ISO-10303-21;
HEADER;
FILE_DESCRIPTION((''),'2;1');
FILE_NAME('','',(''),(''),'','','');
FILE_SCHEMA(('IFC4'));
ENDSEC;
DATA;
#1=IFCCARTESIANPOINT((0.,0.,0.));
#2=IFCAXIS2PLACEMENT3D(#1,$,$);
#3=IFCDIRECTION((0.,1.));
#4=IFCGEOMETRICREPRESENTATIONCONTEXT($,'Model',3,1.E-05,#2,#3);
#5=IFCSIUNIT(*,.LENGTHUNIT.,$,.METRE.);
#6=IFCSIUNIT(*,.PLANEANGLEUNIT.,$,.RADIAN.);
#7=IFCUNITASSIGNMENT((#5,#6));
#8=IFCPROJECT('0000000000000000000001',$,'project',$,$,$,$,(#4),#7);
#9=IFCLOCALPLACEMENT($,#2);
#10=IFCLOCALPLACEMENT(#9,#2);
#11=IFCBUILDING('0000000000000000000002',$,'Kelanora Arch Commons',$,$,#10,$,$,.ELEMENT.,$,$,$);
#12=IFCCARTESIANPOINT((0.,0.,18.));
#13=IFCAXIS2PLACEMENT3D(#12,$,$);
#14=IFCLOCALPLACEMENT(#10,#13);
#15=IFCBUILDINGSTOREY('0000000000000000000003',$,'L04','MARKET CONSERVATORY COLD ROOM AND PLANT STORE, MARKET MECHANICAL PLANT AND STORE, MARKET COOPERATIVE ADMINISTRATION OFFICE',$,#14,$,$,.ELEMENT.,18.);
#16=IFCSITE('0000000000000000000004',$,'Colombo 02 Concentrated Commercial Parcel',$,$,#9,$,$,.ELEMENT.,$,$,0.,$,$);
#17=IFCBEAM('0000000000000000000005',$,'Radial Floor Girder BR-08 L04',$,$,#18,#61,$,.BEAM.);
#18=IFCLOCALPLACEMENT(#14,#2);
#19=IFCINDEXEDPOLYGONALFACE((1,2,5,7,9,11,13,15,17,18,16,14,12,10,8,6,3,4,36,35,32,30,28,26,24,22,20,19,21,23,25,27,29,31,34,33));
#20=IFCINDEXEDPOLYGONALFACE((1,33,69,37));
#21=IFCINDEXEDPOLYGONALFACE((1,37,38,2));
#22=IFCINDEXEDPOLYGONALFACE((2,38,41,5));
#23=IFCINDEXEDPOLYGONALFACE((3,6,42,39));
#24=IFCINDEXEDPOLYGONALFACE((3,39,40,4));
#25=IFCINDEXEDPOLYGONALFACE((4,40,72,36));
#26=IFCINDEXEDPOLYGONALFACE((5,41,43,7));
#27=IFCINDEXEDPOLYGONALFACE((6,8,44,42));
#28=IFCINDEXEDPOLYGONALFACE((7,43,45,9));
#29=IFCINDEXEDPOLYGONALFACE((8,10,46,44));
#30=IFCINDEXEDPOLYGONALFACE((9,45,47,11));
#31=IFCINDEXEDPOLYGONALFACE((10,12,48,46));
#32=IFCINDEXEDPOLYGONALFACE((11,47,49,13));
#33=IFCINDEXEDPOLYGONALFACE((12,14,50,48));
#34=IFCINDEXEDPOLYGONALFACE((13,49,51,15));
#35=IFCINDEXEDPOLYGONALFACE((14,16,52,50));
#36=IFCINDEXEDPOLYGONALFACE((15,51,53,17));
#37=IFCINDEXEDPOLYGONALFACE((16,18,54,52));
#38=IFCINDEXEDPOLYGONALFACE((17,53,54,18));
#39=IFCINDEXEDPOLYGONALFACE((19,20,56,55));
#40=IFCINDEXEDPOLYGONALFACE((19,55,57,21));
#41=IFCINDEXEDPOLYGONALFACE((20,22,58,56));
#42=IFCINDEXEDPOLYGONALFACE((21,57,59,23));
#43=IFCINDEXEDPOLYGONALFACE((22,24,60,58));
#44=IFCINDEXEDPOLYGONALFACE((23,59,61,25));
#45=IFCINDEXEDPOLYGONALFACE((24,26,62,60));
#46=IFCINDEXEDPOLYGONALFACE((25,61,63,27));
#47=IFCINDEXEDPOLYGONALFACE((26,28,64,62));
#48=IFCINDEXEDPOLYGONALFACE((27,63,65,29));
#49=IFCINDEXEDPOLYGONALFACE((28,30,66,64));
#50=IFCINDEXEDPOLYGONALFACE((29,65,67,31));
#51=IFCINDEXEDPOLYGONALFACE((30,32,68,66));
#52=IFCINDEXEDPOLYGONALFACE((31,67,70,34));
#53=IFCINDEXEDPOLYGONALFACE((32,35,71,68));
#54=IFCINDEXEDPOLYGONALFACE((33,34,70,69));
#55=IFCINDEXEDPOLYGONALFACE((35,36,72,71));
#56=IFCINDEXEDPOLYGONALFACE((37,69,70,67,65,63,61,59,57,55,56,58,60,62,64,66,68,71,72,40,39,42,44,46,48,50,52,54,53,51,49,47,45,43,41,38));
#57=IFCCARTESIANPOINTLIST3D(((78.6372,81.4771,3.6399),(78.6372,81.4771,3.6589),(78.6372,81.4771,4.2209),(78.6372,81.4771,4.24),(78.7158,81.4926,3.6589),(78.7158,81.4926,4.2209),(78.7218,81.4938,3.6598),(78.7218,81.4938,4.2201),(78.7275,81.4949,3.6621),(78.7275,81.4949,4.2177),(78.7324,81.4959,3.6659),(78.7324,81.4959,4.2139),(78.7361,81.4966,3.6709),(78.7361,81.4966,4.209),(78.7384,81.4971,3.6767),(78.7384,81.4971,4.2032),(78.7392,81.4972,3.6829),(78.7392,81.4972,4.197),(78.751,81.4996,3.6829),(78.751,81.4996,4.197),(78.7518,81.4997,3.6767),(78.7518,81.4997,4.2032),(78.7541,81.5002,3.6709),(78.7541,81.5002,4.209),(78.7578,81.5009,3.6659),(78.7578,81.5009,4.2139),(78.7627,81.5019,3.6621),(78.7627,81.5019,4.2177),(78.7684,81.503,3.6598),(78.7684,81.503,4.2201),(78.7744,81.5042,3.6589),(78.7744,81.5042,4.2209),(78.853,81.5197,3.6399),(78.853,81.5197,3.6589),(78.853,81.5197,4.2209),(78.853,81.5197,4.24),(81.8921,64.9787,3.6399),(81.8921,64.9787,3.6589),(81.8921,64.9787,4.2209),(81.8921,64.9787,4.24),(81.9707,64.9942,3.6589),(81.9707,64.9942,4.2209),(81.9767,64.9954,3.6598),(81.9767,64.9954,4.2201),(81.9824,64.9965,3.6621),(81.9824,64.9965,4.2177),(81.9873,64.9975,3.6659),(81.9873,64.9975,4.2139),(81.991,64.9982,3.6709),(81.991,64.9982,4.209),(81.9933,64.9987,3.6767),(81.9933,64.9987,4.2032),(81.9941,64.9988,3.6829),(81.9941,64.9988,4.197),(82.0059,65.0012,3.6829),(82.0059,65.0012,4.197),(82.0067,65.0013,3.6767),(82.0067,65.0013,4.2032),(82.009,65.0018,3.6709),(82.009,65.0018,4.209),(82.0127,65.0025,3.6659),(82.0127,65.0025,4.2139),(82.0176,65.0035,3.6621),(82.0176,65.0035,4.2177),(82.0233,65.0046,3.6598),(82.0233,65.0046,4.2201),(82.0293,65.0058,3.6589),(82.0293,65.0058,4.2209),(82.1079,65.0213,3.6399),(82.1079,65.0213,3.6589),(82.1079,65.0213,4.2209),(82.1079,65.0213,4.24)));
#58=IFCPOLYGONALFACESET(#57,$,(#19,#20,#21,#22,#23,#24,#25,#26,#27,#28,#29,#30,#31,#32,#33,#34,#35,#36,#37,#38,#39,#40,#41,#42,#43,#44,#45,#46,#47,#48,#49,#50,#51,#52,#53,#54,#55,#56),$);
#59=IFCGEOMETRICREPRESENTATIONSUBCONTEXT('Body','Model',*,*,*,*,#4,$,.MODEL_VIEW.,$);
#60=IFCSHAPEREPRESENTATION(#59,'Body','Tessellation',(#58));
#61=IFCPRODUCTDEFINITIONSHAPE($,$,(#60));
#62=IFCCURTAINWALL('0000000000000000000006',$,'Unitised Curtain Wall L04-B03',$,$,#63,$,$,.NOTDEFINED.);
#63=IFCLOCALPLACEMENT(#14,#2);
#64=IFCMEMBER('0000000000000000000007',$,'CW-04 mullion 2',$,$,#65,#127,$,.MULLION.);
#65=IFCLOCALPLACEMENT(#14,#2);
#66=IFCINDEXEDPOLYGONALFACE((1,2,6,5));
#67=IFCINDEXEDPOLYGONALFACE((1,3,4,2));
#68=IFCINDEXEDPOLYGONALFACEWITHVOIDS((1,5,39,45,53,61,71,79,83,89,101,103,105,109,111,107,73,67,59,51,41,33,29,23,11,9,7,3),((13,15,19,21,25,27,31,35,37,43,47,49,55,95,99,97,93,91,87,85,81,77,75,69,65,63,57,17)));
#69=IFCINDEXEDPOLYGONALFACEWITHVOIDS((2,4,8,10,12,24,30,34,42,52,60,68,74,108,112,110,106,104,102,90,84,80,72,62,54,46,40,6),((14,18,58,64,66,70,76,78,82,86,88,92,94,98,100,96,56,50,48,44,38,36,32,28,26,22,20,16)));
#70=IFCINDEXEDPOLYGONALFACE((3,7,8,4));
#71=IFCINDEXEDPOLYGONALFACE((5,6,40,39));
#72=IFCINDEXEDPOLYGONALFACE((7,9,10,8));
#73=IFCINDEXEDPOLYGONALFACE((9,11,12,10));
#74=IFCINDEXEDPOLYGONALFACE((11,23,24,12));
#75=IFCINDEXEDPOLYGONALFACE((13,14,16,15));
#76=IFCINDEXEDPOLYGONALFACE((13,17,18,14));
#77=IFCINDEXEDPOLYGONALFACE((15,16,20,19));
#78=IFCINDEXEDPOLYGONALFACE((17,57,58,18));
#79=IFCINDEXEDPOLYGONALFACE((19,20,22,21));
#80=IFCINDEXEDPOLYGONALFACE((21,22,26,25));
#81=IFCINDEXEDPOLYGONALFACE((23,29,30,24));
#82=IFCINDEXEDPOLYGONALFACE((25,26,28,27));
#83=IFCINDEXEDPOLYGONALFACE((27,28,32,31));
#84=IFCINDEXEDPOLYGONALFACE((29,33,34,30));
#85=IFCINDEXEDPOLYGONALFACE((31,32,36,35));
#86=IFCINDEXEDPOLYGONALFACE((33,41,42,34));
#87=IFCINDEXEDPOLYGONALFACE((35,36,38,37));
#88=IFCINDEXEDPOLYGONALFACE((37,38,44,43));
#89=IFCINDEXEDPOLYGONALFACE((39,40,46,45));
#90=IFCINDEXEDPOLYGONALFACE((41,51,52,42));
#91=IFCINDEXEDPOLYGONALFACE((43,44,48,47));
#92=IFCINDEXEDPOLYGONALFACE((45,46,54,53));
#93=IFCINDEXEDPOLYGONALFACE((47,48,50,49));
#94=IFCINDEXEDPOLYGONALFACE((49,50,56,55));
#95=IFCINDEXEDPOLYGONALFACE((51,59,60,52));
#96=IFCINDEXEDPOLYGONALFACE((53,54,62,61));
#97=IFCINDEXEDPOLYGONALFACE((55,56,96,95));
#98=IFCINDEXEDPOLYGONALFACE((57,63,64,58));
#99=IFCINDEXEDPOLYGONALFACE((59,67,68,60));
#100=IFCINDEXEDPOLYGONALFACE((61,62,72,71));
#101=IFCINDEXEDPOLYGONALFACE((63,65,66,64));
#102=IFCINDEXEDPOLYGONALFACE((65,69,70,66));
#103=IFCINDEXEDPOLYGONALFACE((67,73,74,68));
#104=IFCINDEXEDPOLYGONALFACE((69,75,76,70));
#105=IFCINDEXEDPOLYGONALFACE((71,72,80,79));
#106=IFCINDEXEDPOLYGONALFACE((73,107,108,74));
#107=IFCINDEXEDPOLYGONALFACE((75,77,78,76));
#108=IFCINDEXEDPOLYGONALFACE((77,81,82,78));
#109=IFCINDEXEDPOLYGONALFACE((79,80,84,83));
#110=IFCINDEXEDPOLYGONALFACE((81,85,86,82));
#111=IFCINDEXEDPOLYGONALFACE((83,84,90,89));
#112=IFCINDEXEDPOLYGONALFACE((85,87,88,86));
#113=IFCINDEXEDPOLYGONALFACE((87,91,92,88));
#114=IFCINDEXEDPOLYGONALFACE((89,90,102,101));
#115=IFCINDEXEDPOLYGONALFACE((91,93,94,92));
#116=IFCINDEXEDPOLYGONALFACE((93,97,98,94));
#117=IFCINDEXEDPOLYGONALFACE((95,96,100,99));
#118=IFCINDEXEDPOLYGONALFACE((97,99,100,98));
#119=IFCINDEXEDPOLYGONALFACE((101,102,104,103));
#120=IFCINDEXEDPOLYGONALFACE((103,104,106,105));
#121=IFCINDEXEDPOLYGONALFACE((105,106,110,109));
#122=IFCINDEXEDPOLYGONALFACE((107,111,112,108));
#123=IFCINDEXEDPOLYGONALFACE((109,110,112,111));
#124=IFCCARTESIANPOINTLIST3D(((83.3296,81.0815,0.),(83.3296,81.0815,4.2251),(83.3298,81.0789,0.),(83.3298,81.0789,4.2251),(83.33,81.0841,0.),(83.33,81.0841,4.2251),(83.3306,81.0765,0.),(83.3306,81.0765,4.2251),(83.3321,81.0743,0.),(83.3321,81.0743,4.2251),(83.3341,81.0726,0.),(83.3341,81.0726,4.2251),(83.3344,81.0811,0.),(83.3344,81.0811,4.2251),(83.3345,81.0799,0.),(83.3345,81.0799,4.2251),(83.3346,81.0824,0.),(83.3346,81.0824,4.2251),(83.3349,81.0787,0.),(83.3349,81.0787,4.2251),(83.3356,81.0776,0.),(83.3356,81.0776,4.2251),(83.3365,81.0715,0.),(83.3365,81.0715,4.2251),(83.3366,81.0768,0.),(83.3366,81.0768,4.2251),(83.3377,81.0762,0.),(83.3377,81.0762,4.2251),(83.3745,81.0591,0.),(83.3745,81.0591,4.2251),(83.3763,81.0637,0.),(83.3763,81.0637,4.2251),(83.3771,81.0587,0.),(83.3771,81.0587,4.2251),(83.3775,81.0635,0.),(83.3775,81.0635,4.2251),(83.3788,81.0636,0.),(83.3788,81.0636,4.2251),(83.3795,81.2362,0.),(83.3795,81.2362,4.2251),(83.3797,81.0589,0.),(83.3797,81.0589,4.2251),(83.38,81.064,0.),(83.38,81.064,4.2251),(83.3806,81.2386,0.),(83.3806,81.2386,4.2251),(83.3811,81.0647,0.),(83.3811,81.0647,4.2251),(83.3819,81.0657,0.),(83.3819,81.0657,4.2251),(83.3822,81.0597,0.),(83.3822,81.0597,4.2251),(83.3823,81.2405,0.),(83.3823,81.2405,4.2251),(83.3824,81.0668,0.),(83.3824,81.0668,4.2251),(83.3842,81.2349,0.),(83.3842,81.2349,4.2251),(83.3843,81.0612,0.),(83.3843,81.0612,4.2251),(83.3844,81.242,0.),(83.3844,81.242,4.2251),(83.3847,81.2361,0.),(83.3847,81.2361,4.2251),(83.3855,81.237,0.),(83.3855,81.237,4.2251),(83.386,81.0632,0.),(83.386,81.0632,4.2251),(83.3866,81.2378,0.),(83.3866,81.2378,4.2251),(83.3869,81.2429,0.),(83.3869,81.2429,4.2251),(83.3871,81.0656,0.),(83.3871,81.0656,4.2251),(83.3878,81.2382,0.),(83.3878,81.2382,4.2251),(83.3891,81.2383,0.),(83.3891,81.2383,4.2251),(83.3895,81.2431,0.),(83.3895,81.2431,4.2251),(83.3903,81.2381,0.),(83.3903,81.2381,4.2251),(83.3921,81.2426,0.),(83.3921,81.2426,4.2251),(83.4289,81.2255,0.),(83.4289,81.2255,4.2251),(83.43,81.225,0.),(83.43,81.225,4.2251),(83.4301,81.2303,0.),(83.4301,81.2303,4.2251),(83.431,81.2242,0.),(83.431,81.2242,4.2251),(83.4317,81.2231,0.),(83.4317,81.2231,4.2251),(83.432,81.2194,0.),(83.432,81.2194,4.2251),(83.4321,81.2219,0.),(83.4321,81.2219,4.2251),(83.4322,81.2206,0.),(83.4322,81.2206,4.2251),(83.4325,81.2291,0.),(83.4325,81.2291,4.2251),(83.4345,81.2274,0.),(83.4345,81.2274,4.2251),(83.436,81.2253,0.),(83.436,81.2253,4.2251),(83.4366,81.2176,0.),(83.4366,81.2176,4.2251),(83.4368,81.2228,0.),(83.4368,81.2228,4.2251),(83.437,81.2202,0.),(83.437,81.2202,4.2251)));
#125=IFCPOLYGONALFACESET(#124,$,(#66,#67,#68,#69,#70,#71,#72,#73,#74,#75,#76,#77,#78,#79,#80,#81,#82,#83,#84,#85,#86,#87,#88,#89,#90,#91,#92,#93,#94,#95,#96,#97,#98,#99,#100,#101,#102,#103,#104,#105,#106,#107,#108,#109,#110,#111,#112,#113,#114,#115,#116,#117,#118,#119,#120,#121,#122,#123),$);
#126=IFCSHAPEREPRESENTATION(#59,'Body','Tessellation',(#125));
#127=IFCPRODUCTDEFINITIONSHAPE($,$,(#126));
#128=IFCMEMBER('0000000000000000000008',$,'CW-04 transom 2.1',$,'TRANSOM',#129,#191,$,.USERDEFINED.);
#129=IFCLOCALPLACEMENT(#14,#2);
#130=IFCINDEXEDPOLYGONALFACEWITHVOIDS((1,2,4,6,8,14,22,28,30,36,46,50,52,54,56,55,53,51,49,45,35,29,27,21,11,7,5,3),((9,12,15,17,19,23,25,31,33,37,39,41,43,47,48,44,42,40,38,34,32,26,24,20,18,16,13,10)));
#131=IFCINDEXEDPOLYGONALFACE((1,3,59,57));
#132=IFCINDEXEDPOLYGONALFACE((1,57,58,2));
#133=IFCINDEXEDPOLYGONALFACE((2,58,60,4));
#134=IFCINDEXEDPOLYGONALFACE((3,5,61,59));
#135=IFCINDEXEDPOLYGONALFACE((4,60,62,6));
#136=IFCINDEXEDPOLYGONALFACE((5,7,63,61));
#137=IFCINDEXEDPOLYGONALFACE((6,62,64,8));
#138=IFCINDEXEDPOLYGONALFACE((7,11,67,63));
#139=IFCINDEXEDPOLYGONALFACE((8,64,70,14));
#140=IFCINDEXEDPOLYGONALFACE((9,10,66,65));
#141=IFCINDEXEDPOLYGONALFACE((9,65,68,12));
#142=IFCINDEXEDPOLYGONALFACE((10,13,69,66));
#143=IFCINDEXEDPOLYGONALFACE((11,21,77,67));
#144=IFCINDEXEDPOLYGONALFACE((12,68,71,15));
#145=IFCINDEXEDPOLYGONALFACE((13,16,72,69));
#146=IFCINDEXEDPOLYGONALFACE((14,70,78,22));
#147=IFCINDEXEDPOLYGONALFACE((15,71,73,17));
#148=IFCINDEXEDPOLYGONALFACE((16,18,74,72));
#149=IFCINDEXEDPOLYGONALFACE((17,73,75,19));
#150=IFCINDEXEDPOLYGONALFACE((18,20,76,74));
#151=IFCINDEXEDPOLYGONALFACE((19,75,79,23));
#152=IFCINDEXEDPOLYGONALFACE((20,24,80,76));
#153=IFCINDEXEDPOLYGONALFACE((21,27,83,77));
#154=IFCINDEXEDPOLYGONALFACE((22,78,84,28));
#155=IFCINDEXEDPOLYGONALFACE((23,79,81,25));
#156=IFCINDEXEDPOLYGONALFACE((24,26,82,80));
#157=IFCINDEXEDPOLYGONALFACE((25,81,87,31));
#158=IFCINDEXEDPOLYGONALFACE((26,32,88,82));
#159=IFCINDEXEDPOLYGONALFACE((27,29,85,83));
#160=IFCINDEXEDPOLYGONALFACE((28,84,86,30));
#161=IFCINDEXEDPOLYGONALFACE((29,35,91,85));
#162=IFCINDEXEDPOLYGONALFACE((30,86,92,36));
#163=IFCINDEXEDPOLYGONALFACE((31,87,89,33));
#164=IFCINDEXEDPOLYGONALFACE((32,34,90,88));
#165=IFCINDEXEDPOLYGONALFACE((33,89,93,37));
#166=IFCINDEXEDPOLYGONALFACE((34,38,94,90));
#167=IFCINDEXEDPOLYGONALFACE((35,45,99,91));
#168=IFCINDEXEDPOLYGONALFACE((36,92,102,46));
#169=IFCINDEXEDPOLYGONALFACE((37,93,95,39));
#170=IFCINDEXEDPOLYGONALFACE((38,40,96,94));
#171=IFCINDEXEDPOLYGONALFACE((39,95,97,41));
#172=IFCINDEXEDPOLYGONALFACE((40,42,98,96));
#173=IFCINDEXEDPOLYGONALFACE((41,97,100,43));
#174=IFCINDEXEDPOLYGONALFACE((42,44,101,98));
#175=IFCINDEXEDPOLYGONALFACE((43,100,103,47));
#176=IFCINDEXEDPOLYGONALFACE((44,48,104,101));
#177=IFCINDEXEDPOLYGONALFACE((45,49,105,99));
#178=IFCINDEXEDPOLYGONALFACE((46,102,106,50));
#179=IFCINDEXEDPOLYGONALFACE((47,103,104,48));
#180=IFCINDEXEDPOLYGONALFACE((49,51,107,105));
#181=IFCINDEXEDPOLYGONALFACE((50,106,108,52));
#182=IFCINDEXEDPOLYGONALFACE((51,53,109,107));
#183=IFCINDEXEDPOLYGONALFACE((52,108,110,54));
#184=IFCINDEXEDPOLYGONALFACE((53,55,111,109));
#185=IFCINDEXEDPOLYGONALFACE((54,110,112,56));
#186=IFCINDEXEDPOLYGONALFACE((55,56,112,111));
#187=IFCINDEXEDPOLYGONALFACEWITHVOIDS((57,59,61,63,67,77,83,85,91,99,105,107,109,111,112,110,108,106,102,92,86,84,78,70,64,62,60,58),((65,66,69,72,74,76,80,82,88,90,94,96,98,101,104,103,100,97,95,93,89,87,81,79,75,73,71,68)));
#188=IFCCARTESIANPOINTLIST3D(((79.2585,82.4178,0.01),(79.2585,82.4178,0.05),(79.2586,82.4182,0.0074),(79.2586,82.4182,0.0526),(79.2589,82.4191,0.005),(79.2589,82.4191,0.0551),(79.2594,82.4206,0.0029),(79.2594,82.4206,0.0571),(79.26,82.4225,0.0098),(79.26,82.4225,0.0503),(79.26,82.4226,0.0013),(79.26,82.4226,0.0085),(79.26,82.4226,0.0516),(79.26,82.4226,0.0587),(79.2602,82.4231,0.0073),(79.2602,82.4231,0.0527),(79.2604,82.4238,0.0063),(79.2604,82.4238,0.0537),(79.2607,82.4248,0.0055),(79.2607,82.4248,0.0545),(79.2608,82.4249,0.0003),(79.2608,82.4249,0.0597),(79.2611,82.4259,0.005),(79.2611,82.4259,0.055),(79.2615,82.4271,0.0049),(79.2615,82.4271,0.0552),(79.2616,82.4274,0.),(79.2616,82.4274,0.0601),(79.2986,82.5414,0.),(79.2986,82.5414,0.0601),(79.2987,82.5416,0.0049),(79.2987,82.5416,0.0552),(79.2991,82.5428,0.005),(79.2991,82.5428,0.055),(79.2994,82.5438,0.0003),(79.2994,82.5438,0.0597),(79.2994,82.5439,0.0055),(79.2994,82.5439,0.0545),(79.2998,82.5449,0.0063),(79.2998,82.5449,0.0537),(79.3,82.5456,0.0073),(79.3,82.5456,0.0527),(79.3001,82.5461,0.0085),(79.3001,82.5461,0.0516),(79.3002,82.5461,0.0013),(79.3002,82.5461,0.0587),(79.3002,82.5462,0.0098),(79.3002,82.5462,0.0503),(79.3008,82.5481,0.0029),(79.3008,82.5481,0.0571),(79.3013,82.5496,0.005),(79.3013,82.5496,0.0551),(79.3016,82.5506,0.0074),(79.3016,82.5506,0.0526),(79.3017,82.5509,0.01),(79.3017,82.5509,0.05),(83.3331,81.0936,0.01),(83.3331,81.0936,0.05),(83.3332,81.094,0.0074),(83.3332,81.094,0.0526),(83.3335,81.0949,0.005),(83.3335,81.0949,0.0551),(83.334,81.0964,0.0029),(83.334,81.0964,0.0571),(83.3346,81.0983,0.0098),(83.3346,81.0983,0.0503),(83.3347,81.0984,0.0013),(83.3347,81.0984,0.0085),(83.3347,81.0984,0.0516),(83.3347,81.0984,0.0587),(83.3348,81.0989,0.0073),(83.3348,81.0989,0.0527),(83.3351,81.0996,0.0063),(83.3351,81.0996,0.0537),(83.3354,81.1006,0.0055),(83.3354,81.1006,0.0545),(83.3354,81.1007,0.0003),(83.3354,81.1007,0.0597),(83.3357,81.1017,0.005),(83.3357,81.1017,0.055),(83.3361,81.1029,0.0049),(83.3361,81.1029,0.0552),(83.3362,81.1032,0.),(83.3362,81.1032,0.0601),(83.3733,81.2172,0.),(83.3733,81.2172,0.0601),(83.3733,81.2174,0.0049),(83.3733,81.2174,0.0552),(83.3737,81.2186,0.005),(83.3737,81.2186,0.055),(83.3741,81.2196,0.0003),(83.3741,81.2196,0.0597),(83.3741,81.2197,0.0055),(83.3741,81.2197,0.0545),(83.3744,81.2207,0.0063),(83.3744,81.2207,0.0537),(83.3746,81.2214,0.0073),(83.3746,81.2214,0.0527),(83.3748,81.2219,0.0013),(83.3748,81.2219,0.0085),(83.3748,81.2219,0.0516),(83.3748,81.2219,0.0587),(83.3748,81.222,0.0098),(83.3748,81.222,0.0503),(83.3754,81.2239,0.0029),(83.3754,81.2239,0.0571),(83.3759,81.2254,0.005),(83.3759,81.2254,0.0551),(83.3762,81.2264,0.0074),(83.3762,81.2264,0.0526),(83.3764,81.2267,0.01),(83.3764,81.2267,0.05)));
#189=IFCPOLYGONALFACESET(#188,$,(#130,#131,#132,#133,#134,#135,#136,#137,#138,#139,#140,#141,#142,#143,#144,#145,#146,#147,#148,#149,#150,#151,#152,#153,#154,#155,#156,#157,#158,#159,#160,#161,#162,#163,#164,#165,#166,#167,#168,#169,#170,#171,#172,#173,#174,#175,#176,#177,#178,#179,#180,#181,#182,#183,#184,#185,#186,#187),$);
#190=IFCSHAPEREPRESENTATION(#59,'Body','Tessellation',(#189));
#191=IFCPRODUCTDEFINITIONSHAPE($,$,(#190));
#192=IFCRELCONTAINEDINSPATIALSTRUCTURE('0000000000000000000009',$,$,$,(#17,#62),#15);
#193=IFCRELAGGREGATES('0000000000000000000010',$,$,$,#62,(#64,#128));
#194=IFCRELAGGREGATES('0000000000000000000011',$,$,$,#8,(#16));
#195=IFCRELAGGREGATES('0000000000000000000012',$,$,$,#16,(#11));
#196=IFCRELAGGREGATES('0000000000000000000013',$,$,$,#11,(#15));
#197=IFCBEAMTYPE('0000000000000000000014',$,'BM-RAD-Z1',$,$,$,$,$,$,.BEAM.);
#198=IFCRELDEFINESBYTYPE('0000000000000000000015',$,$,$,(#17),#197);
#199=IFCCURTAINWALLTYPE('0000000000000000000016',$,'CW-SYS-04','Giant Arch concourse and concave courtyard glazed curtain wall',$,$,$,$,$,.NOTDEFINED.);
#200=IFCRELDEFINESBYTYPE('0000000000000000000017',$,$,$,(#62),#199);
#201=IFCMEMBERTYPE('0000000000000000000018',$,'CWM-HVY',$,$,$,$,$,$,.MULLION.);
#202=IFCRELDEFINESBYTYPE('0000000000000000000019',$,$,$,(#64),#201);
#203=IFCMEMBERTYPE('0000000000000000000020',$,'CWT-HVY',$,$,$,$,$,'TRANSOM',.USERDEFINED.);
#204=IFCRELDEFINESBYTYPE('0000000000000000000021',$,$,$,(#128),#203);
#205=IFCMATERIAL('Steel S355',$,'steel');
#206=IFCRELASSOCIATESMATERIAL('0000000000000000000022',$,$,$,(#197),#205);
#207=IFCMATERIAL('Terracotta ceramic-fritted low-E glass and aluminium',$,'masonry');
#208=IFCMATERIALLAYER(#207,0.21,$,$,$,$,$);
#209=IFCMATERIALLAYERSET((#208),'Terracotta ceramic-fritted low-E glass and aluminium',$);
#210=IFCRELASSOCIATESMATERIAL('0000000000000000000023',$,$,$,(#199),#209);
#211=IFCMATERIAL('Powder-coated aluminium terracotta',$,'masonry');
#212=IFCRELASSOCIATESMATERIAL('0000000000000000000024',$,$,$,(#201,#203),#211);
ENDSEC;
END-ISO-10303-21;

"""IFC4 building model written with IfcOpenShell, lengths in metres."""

from ifc_helpers import new_model, si_unit, direction, frame, origin, origin_2d, place, context, subcontext, project, spatial, hollow_rectangle, i_section, extrude, material, layer, layer_set, material_profile, profile_set, type_object, element, aggregate, save


model = new_model("IFC4")

# Units and contexts
model_context = context("Model", 3, precision=1e-05, world=origin(), true_north=direction((0.0, 1.0)))
body_context = subcontext(model_context, "Body", "Model", "MODEL_VIEW")
ifc_project = project(units=[si_unit("LENGTHUNIT", "METRE"), si_unit("PLANEANGLEUNIT", "RADIAN")], contexts=[model_context])

# Site, building, storey
site_placement = place(None, origin())
site = spatial("IfcSite", under=ifc_project, at=site_placement, Name="Colombo 02 Concentrated Commercial Parcel", CompositionType="ELEMENT", RefElevation=0.0)
building_placement = place(site_placement, origin())
building = spatial("IfcBuilding", under=site, at=building_placement, Name="Kelanora Arch Commons", CompositionType="ELEMENT")
storey_placement = place(building_placement, frame((0.0, 0.0, 18.0)))
storey = spatial("IfcBuildingStorey", under=building, at=storey_placement, Name="L04", Description="MARKET CONSERVATORY COLD ROOM AND PLANT STORE, MARKET MECHANICAL PLANT AND STORE, MARKET COOPERATIVE ADMINISTRATION OFFICE", CompositionType="ELEMENT", Elevation=18.0)

# Beam
ifc_material_1 = material(Name="Steel S355", Category="steel")
ifc_material_profile_1 = material_profile(ifc_material_1, i_section(OverallWidth=0.22, OverallDepth=0.6001, WebThickness=0.012, FlangeThickness=0.019, FilletRadius=0.0239, at=origin_2d()), Name="IPE600")
ifc_profile_set_1 = profile_set([ifc_material_profile_1], Name="Steel S355")
beam_type_1 = type_object("IfcBeamType", Name="BM-RAD-Z1", PredefinedType="BEAM", material=ifc_profile_set_1)
beam_1_placement = place(storey_placement, frame((82.0, 65.0, 3.9399), z_axis=(-0.193555, 0.981089, 0.0), x_axis=(-0.981089, -0.193555, 0.0)))
element("IfcBeam", 1, at=beam_1_placement, inside=storey, type_object=beam_type_1, Name="Radial Floor Girder BR-08 L04", PredefinedType="BEAM", context=body_context, shape_type="SweptSolid", body=[
    extrude(i_section(OverallWidth=0.22, OverallDepth=0.6001, WebThickness=0.012, FlangeThickness=0.019, FilletRadius=0.0239, at=origin_2d()), origin(), (0.0, 0.0, 1.0), 16.8164),
])

# Curtain wall, members
ifc_material_2 = material(Name="Terracotta ceramic-fritted low-E glass and aluminium", Category="masonry")
ifc_layer_1 = layer(ifc_material_2, 0.21)
ifc_layer_set_1 = layer_set([ifc_layer_1], Name="Terracotta ceramic-fritted low-E glass and aluminium")
curtain_wall_type = type_object("IfcCurtainWallType", Name="CW-SYS-04", Description="Giant Arch concourse and concave courtyard glazed curtain wall", PredefinedType="NOTDEFINED", material=ifc_layer_set_1)
curtain_wall_placement = place(storey_placement, origin())
curtain_wall = element("IfcCurtainWall", 2, at=curtain_wall_placement, inside=storey, type_object=curtain_wall_type, Name="Unitised Curtain Wall L04-B03", PredefinedType="NOTDEFINED")
ifc_material_3 = material(Name="Powder-coated aluminium terracotta", Category="masonry")
ifc_material_profile_2 = material_profile(ifc_material_3, hollow_rectangle(XDim=0.1799, YDim=0.0601, WallThickness=0.0049, InnerFilletRadius=0.0049, OuterFilletRadius=0.01, at=origin_2d()), Name="CWM180x60")
ifc_profile_set_2 = profile_set([ifc_material_profile_2], Name="Powder-coated aluminium terracotta")
member_type_1 = type_object("IfcMemberType", Name="CWM-HVY", PredefinedType="MULLION", material=ifc_profile_set_2)
member_1_placement = place(storey_placement, frame((83.3833, 81.1509, 0.0), z_axis=(0.0, 0.0, 1.0), x_axis=(-0.30907, -0.951039, 0.0)))
member_1 = element("IfcMember", 3, at=member_1_placement, type_object=member_type_1, Name="CW-04 mullion 2", PredefinedType="MULLION", context=body_context, shape_type="SweptSolid", body=[
    extrude(hollow_rectangle(XDim=0.1799, YDim=0.0601, WallThickness=0.0049, InnerFilletRadius=0.0049, OuterFilletRadius=0.01, at=origin_2d()), origin(), (0.0, 0.0, 1.0), 4.2251),
])
ifc_material_profile_3 = material_profile(ifc_material_3, hollow_rectangle(XDim=0.1399, YDim=0.0601, WallThickness=0.0049, InnerFilletRadius=0.0049, OuterFilletRadius=0.01, at=origin_2d()), Name="CWT140x60")
ifc_profile_set_3 = profile_set([ifc_material_profile_3], Name="Powder-coated aluminium terracotta")
member_type_2 = type_object("IfcMemberType", Name="CWT-HVY", ElementType="TRANSOM", PredefinedType="USERDEFINED", material=ifc_profile_set_3)
member_2_placement = place(storey_placement, frame((83.3547, 81.1602, 0.03), z_axis=(-0.951038, 0.309073, 0.0), x_axis=(-0.309073, -0.951038, 0.0)))
member_2 = element("IfcMember", 4, at=member_2_placement, type_object=member_type_2, Name="CW-04 transom 2.1", ObjectType="TRANSOM", PredefinedType="USERDEFINED", context=body_context, shape_type="SweptSolid", body=[
    extrude(hollow_rectangle(XDim=0.1399, YDim=0.0601, WallThickness=0.0049, InnerFilletRadius=0.0049, OuterFilletRadius=0.01, at=origin_2d()), origin(), (0.0, 0.0, 1.0), 4.2844),
])
aggregate(curtain_wall, [member_1, member_2])

save(model, "model.ifc")
